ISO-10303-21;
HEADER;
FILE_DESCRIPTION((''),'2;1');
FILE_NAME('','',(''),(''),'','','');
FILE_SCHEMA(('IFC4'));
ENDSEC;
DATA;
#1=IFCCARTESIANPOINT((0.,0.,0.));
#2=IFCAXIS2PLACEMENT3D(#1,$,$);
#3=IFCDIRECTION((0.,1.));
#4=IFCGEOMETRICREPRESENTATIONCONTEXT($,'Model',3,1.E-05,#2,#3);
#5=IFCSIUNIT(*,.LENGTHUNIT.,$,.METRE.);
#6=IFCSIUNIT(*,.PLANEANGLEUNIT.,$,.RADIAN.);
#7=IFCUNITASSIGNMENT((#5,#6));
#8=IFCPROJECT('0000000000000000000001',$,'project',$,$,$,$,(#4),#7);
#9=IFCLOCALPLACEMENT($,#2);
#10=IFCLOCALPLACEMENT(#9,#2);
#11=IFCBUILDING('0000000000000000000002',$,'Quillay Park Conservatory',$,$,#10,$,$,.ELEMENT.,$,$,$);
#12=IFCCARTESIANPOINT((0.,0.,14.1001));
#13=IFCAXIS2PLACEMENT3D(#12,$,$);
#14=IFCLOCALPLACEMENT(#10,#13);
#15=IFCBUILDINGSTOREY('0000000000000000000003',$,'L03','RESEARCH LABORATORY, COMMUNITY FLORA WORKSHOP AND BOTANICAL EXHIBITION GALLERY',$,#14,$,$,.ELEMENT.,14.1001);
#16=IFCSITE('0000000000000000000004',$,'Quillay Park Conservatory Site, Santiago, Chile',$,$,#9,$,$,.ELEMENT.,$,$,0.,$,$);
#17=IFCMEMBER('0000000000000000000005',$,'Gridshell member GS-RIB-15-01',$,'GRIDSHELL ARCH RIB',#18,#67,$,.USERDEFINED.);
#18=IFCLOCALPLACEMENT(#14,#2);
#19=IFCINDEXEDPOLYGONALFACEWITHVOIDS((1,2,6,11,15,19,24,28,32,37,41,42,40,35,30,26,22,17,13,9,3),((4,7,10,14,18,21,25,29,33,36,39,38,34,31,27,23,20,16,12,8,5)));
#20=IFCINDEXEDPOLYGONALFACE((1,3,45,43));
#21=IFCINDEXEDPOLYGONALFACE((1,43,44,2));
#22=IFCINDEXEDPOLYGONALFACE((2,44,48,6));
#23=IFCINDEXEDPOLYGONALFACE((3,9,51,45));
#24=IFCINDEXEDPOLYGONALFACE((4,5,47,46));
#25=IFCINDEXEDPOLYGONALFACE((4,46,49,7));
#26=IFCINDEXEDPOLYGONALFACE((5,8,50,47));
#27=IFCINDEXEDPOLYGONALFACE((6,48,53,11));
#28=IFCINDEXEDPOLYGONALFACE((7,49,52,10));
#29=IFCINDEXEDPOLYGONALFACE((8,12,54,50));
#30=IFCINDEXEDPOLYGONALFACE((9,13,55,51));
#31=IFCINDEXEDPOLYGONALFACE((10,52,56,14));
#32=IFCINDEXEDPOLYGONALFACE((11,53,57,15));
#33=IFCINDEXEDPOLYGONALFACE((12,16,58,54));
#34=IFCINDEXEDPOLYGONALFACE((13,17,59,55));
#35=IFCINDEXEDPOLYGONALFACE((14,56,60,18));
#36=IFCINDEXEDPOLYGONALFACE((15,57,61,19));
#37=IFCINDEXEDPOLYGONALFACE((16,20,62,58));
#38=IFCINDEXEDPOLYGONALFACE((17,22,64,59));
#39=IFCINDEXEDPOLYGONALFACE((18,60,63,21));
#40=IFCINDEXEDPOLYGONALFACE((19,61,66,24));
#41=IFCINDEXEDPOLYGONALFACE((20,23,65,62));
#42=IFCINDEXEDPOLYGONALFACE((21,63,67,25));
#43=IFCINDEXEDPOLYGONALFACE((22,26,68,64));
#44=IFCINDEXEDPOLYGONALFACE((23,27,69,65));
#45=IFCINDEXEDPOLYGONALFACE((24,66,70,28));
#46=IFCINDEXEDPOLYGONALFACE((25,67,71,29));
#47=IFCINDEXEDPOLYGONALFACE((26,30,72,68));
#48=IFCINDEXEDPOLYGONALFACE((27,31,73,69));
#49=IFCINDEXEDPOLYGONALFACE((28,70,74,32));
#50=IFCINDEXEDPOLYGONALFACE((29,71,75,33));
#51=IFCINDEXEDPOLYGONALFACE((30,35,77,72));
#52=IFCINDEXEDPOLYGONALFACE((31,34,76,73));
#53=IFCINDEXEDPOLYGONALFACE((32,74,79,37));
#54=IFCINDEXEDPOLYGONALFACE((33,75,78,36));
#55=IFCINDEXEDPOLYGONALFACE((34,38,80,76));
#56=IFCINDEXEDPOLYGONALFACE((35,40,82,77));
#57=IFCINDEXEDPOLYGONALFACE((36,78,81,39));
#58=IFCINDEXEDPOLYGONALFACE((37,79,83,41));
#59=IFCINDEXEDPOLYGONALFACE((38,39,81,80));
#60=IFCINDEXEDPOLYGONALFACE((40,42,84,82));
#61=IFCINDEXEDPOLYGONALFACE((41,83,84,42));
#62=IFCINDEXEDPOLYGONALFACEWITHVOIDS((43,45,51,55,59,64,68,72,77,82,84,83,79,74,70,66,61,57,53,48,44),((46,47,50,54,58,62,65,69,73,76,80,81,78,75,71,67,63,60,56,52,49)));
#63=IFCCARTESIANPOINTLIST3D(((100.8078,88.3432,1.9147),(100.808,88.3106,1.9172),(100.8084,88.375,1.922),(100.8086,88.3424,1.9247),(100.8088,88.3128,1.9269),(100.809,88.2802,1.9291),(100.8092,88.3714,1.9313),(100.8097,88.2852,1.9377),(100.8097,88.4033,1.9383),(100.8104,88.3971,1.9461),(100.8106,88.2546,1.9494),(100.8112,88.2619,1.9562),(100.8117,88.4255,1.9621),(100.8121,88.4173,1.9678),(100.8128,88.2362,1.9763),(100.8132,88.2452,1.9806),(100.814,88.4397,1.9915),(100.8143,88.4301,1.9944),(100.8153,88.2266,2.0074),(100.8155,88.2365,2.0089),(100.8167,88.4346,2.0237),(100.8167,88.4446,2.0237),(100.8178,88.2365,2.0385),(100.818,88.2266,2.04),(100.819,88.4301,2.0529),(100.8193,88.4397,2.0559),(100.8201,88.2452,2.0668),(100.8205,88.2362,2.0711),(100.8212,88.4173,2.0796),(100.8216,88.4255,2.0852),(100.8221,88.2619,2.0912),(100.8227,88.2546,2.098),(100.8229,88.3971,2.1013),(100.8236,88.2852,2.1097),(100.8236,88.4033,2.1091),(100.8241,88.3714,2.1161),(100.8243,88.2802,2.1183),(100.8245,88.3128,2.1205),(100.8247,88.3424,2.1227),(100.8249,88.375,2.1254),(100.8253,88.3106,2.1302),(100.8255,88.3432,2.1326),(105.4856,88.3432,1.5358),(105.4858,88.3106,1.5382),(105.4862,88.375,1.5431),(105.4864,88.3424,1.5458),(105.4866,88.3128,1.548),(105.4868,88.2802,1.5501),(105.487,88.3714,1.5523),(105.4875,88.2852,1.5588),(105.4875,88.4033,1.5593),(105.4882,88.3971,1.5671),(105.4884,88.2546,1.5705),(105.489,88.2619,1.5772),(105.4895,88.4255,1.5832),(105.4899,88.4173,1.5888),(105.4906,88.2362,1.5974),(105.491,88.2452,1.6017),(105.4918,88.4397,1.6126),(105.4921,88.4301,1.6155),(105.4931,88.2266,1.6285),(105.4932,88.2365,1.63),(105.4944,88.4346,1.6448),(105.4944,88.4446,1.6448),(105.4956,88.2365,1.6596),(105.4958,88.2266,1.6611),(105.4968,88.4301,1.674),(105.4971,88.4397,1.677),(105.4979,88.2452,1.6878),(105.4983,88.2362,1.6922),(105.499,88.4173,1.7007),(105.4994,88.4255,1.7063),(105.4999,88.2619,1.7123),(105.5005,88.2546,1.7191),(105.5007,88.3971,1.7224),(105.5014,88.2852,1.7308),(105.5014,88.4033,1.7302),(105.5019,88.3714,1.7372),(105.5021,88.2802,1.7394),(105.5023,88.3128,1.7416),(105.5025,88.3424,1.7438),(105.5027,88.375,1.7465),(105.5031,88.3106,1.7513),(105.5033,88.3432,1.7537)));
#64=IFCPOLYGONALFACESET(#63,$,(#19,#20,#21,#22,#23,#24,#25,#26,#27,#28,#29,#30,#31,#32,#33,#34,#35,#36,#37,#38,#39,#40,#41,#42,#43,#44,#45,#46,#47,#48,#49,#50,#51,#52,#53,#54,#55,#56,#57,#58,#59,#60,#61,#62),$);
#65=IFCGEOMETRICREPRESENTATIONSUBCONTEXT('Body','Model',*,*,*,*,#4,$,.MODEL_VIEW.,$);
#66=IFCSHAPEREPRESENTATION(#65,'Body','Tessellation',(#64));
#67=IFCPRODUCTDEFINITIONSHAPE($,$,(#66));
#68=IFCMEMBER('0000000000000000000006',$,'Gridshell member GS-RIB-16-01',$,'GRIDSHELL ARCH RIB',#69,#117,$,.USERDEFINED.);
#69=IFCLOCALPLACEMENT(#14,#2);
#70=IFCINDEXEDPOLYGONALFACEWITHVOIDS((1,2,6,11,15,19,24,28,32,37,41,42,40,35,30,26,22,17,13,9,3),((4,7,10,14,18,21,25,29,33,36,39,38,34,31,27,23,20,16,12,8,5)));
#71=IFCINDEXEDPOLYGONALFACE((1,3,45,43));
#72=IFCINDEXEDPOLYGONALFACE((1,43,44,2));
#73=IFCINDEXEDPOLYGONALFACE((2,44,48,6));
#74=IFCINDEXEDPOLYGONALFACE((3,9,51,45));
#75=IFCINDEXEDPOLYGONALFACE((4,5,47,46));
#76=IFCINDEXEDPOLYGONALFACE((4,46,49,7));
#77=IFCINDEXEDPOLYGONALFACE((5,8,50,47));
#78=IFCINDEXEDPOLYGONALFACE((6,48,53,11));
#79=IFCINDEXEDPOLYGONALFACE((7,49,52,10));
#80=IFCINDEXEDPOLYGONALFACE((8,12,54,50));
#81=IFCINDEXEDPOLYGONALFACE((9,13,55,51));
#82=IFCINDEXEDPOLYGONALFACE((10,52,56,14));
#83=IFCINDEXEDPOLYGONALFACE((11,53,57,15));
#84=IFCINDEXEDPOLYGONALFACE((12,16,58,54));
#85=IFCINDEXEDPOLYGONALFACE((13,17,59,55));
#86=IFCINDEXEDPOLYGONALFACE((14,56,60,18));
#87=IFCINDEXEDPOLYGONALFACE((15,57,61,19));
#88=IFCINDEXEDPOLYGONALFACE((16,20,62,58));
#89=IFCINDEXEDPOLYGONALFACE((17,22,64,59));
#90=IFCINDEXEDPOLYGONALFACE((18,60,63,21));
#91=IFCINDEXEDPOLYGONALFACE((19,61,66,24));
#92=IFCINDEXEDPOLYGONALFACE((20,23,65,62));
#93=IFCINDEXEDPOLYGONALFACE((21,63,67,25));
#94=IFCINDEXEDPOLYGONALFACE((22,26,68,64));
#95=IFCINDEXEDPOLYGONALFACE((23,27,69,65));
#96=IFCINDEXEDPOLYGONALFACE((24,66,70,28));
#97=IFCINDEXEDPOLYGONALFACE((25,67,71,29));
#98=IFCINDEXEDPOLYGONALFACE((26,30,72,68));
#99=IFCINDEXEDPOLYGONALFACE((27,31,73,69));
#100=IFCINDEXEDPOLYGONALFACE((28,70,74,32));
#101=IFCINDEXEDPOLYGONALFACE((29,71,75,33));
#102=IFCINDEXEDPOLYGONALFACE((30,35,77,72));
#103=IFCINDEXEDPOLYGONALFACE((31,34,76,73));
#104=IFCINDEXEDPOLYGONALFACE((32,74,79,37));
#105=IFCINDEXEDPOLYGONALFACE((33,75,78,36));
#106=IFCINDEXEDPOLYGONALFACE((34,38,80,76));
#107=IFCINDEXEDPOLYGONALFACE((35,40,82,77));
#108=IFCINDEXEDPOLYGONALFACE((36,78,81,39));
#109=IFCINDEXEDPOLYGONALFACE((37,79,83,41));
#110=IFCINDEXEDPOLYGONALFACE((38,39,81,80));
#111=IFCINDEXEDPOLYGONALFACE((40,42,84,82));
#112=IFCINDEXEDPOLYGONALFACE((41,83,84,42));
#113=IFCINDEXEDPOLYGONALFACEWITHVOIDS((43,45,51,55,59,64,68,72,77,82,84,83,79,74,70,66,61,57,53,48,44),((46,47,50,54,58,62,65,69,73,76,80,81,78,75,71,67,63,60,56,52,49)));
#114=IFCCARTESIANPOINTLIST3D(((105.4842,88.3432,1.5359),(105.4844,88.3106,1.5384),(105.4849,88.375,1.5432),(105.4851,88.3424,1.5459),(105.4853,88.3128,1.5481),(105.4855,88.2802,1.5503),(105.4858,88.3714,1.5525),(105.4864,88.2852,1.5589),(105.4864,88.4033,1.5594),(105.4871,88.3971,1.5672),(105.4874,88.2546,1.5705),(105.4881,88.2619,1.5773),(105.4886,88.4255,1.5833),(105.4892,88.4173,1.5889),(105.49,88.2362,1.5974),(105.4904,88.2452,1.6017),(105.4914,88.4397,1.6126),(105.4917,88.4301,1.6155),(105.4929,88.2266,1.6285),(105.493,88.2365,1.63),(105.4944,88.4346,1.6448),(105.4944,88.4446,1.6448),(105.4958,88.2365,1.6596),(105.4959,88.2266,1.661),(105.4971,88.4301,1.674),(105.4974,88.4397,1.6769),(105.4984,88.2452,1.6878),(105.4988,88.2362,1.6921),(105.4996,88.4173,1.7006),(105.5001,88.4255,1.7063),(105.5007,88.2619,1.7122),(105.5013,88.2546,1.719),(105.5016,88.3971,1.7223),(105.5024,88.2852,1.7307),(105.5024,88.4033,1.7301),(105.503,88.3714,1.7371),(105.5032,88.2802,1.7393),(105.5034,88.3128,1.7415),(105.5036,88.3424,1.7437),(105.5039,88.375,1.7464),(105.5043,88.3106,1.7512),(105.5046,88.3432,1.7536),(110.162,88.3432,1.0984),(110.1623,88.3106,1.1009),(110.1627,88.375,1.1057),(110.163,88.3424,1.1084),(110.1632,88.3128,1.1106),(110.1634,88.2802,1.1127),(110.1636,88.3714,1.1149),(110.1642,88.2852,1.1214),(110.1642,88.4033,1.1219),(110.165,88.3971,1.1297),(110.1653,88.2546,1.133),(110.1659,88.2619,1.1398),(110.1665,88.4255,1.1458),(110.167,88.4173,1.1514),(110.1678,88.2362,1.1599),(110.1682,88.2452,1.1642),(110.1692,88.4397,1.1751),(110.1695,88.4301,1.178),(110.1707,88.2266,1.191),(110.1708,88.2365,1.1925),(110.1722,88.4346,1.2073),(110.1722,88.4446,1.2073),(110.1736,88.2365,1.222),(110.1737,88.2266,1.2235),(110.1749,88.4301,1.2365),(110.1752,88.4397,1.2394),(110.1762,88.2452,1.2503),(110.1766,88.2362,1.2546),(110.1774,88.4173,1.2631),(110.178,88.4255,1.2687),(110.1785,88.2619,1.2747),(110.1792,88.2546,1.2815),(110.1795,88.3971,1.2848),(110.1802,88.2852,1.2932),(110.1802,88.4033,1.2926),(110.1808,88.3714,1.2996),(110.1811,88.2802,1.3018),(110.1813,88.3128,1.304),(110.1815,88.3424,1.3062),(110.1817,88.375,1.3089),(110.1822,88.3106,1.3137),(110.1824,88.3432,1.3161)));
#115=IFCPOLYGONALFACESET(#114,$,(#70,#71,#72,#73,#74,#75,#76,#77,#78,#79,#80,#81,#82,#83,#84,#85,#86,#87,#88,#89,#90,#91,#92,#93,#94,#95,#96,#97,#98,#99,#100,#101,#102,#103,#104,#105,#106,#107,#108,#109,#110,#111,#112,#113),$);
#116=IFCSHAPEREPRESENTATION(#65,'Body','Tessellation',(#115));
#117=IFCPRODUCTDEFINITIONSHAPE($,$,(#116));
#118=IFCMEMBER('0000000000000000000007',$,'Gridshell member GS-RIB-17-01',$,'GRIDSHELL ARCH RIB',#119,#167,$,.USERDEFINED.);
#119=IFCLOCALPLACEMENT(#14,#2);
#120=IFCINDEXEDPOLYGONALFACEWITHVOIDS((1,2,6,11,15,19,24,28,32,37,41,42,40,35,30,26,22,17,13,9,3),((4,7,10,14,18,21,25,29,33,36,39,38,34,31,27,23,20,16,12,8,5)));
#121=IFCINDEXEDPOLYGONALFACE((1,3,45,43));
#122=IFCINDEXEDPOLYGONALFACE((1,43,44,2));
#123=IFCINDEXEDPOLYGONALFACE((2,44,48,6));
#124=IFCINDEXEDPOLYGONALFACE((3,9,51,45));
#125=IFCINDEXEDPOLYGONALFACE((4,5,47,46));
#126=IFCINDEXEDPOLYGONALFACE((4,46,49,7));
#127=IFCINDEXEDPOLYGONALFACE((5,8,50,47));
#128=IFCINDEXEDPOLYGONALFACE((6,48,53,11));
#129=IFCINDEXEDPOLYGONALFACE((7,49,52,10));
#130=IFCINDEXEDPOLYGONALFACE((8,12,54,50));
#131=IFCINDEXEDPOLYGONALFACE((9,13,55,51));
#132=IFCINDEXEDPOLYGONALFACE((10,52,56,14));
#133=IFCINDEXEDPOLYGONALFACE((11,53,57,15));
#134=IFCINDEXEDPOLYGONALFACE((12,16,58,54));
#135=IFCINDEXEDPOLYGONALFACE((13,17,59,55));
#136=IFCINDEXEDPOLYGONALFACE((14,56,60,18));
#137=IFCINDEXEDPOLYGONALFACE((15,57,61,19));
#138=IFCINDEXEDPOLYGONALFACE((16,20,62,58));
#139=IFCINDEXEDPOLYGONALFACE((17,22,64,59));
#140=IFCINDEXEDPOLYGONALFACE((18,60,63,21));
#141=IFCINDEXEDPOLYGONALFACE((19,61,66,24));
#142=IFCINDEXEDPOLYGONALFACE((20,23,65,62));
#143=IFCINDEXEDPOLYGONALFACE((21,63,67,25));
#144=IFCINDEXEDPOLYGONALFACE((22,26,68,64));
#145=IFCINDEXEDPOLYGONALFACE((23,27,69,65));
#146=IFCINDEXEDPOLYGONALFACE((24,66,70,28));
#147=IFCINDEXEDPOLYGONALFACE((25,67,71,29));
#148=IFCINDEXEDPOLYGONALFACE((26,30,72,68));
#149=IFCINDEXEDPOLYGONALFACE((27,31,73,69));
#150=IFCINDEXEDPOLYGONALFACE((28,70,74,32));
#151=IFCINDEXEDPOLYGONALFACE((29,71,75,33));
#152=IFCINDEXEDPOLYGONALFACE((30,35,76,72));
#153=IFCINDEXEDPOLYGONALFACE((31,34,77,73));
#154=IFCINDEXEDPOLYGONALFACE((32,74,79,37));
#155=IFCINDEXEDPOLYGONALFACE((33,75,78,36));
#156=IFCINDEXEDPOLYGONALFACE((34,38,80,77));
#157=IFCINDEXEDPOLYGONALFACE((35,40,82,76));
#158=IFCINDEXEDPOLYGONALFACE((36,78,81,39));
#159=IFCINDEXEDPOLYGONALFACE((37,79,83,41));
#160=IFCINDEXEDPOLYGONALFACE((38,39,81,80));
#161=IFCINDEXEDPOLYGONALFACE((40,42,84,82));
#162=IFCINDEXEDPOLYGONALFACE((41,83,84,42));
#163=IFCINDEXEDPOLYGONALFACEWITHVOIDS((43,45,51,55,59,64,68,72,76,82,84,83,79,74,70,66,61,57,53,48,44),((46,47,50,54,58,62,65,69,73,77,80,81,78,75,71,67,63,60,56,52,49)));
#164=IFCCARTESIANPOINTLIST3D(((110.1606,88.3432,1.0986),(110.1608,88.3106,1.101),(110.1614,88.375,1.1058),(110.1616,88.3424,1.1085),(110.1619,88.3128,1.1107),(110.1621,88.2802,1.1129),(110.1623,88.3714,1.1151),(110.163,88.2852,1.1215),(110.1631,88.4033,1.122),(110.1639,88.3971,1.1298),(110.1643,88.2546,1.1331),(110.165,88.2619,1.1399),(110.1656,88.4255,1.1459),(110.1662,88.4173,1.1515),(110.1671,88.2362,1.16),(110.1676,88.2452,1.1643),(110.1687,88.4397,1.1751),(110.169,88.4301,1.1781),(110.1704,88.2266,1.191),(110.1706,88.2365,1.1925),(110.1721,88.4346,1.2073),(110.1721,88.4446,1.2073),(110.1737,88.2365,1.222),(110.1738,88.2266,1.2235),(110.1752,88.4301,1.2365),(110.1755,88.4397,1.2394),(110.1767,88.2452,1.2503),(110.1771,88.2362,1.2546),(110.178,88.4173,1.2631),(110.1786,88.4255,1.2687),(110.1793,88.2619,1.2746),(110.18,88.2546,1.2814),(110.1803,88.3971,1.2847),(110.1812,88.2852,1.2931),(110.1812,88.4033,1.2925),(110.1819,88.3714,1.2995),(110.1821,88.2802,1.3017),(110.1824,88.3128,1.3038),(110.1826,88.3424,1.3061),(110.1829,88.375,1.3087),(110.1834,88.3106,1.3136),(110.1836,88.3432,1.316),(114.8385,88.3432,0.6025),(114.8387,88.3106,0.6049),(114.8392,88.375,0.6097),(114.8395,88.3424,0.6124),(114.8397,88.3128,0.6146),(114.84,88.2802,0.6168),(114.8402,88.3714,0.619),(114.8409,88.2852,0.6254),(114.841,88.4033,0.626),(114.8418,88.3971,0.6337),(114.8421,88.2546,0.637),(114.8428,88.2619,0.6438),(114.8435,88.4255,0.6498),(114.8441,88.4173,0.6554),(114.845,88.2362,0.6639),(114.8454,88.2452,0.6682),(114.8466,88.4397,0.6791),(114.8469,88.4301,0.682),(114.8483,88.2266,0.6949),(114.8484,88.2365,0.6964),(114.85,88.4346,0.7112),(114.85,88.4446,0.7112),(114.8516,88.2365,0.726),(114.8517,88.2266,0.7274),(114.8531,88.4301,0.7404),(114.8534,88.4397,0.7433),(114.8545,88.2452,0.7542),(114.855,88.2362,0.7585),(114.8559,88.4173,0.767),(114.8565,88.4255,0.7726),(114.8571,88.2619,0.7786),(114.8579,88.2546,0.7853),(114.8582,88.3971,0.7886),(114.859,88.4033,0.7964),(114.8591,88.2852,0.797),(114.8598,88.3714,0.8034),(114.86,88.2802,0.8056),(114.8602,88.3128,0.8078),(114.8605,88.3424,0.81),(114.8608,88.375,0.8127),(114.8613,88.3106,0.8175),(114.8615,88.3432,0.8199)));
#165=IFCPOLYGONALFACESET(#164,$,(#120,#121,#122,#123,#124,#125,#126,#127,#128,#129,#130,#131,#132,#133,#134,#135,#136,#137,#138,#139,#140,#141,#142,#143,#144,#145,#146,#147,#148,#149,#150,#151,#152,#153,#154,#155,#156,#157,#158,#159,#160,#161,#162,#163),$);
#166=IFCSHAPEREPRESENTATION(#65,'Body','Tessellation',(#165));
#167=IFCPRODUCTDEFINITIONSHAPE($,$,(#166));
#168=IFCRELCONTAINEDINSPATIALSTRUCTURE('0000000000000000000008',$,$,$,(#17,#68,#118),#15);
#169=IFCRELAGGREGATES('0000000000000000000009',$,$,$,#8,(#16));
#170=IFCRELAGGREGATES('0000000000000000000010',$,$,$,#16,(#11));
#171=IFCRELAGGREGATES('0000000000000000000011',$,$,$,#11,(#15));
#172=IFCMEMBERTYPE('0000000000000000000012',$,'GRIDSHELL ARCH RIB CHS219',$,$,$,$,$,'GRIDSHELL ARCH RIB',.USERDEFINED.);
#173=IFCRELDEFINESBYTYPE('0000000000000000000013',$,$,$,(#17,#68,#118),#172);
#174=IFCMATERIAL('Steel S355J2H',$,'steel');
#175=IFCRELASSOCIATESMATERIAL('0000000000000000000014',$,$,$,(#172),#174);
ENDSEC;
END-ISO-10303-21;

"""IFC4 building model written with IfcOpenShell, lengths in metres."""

from ifc_helpers import new_model, si_unit, direction, frame, origin, origin_2d, place, context, subcontext, project, spatial, hollow_circle, extrude, material, material_profile, profile_set, type_object, element, save


model = new_model("IFC4")

# Units and contexts
model_context = context("Model", 3, precision=1e-05, world=origin(), true_north=direction((0.0, 1.0)))
body_context = subcontext(model_context, "Body", "Model", "MODEL_VIEW")
ifc_project = project(units=[si_unit("LENGTHUNIT", "METRE"), si_unit("PLANEANGLEUNIT", "RADIAN")], contexts=[model_context])

# Site, building, storey
site_placement = place(None, origin())
site = spatial("IfcSite", under=ifc_project, at=site_placement, Name="Quillay Park Conservatory Site, Santiago, Chile", CompositionType="ELEMENT", RefElevation=0.0)
building_placement = place(site_placement, origin())
building = spatial("IfcBuilding", under=site, at=building_placement, Name="Quillay Park Conservatory", CompositionType="ELEMENT")
storey_placement = place(building_placement, frame((0.0, 0.0, 14.1001)))
storey = spatial("IfcBuildingStorey", under=building, at=storey_placement, Name="L03", Description="RESEARCH LABORATORY, COMMUNITY FLORA WORKSHOP AND BOTANICAL EXHIBITION GALLERY", CompositionType="ELEMENT", Elevation=14.1001)

# Members
ifc_material_1 = material(Name="Steel S355J2H", Category="steel")
ifc_material_profile_1 = material_profile(ifc_material_1, hollow_circle(Radius=0.1096, WallThickness=0.01, at=origin_2d()), Name="CHS219.1x10")
ifc_profile_set_1 = profile_set([ifc_material_profile_1], Name="Steel S355J2H")
member_type_1 = type_object("IfcMemberType", Name="GRIDSHELL ARCH RIB CHS219", ElementType="GRIDSHELL ARCH RIB", PredefinedType="USERDEFINED", material=ifc_profile_set_1)
member_1_placement = place(storey_placement, frame((100.8167, 88.335, 2.0237), z_axis=(0.996735, 0.0, -0.080738), x_axis=(0.0, 1.0, 0.0)))
element("IfcMember", 1, at=member_1_placement, inside=storey, type_object=member_type_1, Name="Gridshell member GS-RIB-15-01", ObjectType="GRIDSHELL ARCH RIB", PredefinedType="USERDEFINED", context=body_context, shape_type="SweptSolid", body=[
    extrude(hollow_circle(Radius=0.1096, WallThickness=0.01, at=origin_2d()), origin(), (0.0, 0.0, 1.0), 4.6931),
])
member_2_placement = place(storey_placement, frame((105.4944, 88.335, 1.6448), z_axis=(0.995655, 0.0, -0.093122), x_axis=(0.0, 1.0, 0.0)))
element("IfcMember", 2, at=member_2_placement, inside=storey, type_object=member_type_1, Name="Gridshell member GS-RIB-16-01", ObjectType="GRIDSHELL ARCH RIB", PredefinedType="USERDEFINED", context=body_context, shape_type="SweptSolid", body=[
    extrude(hollow_circle(Radius=0.1096, WallThickness=0.01, at=origin_2d()), origin(), (0.0, 0.0, 1.0), 4.6982),
])
member_3_placement = place(storey_placement, frame((110.1721, 88.335, 1.2073), z_axis=(0.994424, 0.0, -0.105457), x_axis=(0.0, 1.0, 0.0)))
element("IfcMember", 3, at=member_3_placement, inside=storey, type_object=member_type_1, Name="Gridshell member GS-RIB-17-01", ObjectType="GRIDSHELL ARCH RIB", PredefinedType="USERDEFINED", context=body_context, shape_type="SweptSolid", body=[
    extrude(hollow_circle(Radius=0.1096, WallThickness=0.01, at=origin_2d()), origin(), (0.0, 0.0, 1.0), 4.7041),
])

save(model, "model.ifc")
